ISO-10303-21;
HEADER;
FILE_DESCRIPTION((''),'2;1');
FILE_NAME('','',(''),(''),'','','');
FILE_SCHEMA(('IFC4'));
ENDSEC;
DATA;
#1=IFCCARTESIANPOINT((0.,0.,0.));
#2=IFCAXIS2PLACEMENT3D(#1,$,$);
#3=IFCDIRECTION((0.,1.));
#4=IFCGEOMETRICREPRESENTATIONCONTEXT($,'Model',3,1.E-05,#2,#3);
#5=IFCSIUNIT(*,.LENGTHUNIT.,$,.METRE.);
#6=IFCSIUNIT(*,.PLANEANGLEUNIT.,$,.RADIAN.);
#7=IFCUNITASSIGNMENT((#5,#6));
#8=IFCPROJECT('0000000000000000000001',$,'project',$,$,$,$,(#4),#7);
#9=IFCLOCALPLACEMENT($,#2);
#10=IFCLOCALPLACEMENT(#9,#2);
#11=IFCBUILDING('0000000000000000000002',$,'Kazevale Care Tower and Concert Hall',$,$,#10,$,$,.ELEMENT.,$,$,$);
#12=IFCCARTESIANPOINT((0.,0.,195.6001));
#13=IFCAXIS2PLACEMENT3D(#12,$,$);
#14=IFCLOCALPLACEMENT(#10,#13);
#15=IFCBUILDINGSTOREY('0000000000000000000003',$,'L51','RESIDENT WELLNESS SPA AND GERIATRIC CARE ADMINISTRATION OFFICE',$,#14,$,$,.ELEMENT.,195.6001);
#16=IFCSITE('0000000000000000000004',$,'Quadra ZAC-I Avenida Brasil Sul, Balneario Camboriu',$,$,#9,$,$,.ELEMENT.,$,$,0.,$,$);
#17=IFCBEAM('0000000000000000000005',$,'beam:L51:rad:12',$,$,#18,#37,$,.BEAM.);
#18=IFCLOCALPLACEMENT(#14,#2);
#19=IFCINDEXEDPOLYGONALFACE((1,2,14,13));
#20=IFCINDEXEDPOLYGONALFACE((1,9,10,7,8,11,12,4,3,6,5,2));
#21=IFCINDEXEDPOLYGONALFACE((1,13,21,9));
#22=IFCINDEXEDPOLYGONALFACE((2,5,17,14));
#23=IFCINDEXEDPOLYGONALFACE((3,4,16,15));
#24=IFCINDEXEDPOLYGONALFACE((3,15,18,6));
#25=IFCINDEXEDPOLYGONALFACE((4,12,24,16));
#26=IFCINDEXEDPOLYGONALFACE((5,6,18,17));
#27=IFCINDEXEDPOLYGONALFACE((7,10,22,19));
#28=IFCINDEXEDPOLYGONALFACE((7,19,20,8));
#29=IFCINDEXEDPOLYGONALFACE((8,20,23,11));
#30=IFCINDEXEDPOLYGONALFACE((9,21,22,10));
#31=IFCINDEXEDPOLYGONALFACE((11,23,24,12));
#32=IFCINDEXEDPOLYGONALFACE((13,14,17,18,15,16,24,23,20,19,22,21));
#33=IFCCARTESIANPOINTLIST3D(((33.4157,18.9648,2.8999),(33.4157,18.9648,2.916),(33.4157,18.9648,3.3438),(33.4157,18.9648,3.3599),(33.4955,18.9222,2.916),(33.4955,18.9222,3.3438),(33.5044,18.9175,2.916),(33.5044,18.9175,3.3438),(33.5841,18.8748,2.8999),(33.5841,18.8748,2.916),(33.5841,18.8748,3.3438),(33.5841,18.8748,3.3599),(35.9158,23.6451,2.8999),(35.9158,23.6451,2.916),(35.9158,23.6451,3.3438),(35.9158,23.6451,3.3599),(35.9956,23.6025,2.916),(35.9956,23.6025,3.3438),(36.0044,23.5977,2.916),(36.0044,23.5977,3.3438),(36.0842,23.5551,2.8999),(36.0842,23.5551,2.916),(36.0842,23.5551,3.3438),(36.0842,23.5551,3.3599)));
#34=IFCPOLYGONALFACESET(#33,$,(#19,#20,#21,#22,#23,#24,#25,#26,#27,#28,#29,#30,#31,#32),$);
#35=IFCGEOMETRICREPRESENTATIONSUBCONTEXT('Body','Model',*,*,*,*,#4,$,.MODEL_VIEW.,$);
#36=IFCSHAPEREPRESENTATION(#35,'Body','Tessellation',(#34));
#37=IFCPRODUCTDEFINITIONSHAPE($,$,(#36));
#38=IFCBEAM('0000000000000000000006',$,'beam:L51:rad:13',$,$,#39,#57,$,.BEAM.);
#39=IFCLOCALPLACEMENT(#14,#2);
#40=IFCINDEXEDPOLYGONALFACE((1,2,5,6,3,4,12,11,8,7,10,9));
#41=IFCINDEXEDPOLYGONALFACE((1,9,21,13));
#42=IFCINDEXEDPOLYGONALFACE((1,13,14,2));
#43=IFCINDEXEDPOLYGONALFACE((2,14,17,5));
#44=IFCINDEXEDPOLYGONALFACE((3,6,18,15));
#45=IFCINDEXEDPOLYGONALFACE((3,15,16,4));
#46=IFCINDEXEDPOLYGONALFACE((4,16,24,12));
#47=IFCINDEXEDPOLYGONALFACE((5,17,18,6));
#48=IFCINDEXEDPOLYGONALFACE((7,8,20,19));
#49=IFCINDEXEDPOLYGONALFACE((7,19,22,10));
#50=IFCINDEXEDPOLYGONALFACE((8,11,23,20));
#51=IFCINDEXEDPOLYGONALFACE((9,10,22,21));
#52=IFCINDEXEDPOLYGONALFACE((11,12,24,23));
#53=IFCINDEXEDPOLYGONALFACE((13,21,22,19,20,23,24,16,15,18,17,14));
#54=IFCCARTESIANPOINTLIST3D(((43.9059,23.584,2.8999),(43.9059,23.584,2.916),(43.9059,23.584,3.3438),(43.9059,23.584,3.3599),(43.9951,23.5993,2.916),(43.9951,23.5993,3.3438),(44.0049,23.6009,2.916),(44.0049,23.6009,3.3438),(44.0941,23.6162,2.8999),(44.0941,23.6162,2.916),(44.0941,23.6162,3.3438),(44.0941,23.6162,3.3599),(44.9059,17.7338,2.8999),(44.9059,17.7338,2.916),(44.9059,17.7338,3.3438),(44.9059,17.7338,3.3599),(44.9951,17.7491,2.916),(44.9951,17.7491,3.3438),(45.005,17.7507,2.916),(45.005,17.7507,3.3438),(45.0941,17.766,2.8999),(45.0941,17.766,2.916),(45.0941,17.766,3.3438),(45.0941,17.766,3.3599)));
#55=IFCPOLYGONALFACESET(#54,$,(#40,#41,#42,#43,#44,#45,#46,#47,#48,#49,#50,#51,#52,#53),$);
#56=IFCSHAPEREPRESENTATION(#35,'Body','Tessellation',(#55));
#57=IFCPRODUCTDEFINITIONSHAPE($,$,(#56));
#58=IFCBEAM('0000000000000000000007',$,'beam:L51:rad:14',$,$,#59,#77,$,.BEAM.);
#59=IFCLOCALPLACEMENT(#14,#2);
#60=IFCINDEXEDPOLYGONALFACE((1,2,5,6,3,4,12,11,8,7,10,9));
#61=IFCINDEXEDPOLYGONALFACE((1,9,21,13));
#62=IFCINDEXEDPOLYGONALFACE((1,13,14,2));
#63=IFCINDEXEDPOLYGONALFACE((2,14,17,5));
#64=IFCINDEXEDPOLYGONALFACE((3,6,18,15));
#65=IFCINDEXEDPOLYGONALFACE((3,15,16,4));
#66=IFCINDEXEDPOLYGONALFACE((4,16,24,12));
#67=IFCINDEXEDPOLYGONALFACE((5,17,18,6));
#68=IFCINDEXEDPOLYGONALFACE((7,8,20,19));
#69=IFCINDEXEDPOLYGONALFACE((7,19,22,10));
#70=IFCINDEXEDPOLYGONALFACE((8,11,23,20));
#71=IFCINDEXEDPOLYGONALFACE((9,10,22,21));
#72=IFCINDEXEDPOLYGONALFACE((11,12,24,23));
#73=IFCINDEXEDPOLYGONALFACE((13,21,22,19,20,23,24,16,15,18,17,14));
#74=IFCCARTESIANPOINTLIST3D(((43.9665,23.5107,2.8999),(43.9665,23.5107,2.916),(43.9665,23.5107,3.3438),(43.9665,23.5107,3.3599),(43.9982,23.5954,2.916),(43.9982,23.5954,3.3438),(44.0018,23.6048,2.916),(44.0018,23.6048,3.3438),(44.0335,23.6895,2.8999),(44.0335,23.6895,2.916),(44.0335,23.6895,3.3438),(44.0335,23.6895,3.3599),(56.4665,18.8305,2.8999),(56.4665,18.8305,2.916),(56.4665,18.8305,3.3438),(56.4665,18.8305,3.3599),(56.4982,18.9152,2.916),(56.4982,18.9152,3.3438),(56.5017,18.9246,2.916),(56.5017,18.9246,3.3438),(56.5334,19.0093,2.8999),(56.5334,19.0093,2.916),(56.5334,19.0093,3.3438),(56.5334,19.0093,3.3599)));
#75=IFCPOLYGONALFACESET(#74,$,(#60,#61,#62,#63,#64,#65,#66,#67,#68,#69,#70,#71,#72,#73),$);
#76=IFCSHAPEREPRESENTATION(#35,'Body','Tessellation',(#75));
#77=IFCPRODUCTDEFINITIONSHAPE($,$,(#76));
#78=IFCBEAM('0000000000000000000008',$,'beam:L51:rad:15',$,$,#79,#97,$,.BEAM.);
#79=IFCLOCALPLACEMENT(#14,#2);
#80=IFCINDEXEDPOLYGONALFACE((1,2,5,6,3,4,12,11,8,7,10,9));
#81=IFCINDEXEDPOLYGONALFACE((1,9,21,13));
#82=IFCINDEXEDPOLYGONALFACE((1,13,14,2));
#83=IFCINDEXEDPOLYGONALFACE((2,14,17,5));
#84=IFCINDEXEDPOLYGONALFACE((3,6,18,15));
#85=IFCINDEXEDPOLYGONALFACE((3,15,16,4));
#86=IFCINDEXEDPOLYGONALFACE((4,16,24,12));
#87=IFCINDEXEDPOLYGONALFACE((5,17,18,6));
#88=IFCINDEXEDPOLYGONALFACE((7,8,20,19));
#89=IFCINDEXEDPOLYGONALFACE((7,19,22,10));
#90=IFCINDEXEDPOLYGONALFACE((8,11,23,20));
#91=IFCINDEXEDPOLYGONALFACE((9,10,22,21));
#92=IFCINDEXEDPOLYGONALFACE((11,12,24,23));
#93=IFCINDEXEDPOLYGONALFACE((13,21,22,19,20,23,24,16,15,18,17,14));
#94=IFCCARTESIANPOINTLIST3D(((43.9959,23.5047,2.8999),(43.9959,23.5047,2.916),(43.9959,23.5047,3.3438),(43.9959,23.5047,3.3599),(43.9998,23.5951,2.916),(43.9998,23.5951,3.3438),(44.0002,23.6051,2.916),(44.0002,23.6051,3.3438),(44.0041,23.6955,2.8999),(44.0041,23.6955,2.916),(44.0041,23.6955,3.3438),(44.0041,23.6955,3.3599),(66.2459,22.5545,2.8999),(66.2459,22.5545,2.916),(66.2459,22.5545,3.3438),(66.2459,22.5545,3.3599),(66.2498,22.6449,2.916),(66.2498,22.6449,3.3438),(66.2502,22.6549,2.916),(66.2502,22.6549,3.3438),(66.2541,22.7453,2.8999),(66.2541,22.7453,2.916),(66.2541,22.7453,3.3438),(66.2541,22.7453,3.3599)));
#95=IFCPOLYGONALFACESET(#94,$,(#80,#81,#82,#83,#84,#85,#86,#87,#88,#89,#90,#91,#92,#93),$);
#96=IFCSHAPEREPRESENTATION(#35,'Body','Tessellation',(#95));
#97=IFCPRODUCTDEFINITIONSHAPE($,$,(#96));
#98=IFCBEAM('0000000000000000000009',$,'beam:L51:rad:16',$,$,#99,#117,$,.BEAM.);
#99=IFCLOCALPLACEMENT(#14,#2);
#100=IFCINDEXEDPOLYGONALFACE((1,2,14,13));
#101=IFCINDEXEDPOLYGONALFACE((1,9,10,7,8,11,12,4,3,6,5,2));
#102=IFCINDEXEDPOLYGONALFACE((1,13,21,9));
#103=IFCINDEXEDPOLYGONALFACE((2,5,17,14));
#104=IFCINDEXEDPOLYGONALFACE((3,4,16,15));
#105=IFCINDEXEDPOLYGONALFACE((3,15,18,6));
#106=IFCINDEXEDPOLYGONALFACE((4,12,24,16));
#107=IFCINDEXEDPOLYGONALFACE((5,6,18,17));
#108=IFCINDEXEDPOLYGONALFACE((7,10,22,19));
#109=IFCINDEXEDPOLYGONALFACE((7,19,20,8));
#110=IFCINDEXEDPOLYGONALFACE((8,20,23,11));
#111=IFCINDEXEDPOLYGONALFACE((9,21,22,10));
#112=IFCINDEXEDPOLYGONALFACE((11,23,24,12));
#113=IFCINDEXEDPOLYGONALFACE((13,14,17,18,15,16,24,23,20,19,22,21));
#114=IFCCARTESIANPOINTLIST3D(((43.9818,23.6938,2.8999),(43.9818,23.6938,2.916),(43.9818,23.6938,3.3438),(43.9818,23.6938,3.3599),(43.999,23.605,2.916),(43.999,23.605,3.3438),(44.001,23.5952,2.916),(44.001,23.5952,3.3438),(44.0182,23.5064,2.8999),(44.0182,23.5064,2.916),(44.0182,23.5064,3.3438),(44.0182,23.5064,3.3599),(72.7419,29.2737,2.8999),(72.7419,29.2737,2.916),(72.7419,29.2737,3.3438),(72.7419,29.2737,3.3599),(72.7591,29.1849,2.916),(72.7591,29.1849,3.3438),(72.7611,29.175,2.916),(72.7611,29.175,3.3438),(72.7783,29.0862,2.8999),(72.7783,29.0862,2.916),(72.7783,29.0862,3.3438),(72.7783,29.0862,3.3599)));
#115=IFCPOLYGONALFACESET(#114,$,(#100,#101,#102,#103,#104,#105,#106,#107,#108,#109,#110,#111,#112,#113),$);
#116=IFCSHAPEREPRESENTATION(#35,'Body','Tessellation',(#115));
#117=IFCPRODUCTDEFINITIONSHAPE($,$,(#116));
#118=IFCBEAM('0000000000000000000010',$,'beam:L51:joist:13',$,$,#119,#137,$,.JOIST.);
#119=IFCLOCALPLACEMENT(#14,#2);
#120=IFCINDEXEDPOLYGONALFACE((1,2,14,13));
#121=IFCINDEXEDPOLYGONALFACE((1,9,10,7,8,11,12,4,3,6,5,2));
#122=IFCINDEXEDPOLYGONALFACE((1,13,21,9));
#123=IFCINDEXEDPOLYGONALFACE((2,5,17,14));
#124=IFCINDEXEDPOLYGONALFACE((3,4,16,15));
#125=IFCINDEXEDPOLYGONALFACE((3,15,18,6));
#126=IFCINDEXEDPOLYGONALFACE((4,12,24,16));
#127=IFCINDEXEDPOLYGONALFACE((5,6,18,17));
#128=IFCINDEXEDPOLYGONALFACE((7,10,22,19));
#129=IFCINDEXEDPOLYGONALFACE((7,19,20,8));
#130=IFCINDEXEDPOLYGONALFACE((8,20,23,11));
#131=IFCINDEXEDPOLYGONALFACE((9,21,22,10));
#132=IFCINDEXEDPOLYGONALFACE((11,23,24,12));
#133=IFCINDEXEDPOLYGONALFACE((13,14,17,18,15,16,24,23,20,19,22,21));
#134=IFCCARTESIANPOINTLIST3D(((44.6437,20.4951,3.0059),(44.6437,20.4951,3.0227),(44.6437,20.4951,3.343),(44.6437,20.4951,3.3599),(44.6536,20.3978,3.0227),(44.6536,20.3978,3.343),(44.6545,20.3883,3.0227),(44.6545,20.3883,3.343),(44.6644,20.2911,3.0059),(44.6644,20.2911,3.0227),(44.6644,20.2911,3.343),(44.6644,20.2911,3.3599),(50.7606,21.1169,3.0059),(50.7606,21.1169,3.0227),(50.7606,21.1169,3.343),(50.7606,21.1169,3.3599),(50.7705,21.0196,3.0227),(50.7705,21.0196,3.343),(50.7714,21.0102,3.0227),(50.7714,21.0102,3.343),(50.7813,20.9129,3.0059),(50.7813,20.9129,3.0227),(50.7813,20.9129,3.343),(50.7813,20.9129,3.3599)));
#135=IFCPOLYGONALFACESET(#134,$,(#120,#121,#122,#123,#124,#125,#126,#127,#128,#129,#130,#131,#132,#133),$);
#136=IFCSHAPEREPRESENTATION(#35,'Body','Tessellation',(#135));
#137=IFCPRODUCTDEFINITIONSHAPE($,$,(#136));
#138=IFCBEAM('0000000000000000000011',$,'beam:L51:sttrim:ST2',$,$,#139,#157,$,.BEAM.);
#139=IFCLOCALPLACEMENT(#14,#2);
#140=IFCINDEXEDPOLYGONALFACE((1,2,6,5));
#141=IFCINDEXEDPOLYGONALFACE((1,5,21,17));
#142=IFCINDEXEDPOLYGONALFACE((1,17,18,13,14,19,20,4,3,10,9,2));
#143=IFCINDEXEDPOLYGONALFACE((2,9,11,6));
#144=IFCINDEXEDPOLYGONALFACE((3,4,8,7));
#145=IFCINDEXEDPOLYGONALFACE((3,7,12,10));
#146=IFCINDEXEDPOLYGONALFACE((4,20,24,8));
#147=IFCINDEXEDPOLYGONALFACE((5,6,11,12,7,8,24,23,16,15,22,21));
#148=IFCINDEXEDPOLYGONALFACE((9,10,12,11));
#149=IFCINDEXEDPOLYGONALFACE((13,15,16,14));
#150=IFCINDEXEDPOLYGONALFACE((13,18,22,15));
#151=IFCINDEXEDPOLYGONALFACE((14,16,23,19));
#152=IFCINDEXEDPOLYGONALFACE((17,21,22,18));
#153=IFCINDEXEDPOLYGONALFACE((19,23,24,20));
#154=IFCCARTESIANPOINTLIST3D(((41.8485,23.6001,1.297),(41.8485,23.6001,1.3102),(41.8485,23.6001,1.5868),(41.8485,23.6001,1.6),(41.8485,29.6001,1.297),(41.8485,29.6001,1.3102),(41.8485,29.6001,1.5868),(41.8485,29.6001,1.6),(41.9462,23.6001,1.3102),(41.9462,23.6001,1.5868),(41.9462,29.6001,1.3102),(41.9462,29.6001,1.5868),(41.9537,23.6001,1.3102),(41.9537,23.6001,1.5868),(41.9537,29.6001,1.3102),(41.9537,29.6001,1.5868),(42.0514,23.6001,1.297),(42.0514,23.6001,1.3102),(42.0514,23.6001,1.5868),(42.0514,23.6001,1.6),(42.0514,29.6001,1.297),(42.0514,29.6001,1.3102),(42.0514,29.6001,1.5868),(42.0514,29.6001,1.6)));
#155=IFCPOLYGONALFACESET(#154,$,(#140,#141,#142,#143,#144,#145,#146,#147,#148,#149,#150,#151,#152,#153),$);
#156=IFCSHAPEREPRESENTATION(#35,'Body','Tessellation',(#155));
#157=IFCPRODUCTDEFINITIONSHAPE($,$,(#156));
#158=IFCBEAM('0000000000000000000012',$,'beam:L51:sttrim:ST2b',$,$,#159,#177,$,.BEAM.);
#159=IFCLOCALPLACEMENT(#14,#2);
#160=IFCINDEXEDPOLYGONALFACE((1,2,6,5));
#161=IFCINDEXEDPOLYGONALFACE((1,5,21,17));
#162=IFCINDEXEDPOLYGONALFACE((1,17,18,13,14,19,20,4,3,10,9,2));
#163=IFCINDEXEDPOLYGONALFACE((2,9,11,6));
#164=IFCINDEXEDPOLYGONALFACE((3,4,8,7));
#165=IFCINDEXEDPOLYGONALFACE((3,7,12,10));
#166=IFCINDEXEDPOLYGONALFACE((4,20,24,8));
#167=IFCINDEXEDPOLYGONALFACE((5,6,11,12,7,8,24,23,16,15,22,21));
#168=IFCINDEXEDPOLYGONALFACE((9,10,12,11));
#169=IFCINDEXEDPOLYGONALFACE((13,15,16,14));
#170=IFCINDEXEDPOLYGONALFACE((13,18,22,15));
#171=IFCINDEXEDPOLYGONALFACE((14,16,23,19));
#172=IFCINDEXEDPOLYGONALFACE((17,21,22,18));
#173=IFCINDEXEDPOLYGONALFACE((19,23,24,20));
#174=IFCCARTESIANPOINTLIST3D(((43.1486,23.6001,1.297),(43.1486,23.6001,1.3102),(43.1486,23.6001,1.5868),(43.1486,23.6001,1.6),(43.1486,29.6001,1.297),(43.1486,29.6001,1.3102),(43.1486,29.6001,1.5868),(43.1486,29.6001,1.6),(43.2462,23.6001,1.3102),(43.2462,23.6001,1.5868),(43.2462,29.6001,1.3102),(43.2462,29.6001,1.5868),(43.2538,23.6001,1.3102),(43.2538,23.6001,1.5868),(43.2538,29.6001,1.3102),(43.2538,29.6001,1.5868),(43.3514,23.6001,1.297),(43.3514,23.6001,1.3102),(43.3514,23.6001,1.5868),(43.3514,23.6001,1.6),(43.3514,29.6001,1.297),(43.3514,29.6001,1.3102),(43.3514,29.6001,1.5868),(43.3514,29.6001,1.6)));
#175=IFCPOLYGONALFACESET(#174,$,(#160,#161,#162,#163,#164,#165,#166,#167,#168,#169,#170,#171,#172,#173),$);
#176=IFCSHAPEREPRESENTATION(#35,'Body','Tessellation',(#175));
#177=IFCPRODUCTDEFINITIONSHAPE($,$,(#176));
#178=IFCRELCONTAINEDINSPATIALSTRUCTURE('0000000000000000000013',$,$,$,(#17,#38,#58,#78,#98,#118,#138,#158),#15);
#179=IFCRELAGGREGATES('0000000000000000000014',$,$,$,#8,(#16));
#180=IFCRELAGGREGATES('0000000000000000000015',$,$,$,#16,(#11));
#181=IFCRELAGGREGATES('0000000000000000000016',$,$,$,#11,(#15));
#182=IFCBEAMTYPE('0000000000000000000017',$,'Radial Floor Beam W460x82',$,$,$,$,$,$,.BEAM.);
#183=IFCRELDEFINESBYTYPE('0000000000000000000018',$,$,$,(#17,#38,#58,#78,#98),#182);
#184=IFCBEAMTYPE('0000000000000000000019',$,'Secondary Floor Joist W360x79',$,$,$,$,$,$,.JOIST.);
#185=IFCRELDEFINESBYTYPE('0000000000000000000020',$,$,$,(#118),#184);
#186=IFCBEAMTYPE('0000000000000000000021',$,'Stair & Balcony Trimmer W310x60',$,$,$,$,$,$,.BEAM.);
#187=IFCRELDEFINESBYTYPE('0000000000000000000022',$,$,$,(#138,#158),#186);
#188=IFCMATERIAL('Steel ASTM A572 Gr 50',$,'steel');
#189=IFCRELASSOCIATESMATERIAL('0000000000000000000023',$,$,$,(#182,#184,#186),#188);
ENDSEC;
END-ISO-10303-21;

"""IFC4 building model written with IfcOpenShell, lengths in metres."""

from ifc_helpers import new_model, si_unit, direction, frame, origin, origin_2d, place, context, subcontext, project, spatial, i_section, extrude, material, material_profile, profile_set, type_object, element, save


model = new_model("IFC4")

# Units and contexts
model_context = context("Model", 3, precision=1e-05, world=origin(), true_north=direction((0.0, 1.0)))
body_context = subcontext(model_context, "Body", "Model", "MODEL_VIEW")
ifc_project = project(units=[si_unit("LENGTHUNIT", "METRE"), si_unit("PLANEANGLEUNIT", "RADIAN")], contexts=[model_context])

# Site, building, storey
site_placement = place(None, origin())
site = spatial("IfcSite", under=ifc_project, at=site_placement, Name="Quadra ZAC-I Avenida Brasil Sul, Balneario Camboriu", CompositionType="ELEMENT", RefElevation=0.0)
building_placement = place(site_placement, origin())
building = spatial("IfcBuilding", under=site, at=building_placement, Name="Kazevale Care Tower and Concert Hall", CompositionType="ELEMENT")
storey_placement = place(building_placement, frame((0.0, 0.0, 195.6001)))
storey = spatial("IfcBuildingStorey", under=building, at=storey_placement, Name="L51", Description="RESIDENT WELLNESS SPA AND GERIATRIC CARE ADMINISTRATION OFFICE", CompositionType="ELEMENT", Elevation=195.6001)

# Beams
ifc_material_1 = material(Name="Steel ASTM A572 Gr 50", Category="steel")
ifc_material_profile_1 = material_profile(ifc_material_1, i_section(OverallWidth=0.1909, OverallDepth=0.46, WebThickness=0.01, FlangeThickness=0.0161, at=origin_2d()), Name="W460x82")
ifc_profile_set_1 = profile_set([ifc_material_profile_1], Name="Steel ASTM A572 Gr 50")
beam_type_1 = type_object("IfcBeamType", Name="Radial Floor Beam W460x82", PredefinedType="BEAM", material=ifc_profile_set_1)
beam_1_placement = place(storey_placement, frame((36.0, 23.6001, 3.1299), z_axis=(-0.471161, -0.882047, 0.0), x_axis=(0.882047, -0.471161, 0.0)))
element("IfcBeam", 1, at=beam_1_placement, inside=storey, type_object=beam_type_1, Name="beam:L51:rad:12", PredefinedType="BEAM", context=body_context, shape_type="SweptSolid", body=[
    extrude(i_section(OverallWidth=0.1909, OverallDepth=0.46, WebThickness=0.01, FlangeThickness=0.0161, at=origin_2d()), origin(), (0.0, 0.0, 1.0), 5.3062),
])
beam_2_placement = place(storey_placement, frame((44.0, 23.6001, 3.1299), z_axis=(0.168493, -0.985703, 0.0), x_axis=(0.985703, 0.168493, 0.0)))
element("IfcBeam", 2, at=beam_2_placement, inside=storey, type_object=beam_type_1, Name="beam:L51:rad:13", PredefinedType="BEAM", context=body_context, shape_type="SweptSolid", body=[
    extrude(i_section(OverallWidth=0.1909, OverallDepth=0.46, WebThickness=0.01, FlangeThickness=0.0161, at=origin_2d()), origin(), (0.0, 0.0, 1.0), 5.9351),
])
beam_3_placement = place(storey_placement, frame((44.0, 23.6001, 3.1299), z_axis=(0.936509, -0.350642, 0.0), x_axis=(0.350642, 0.936509, 0.0)))
element("IfcBeam", 3, at=beam_3_placement, inside=storey, type_object=beam_type_1, Name="beam:L51:rad:14", PredefinedType="BEAM", context=body_context, shape_type="SweptSolid", body=[
    extrude(i_section(OverallWidth=0.1909, OverallDepth=0.46, WebThickness=0.01, FlangeThickness=0.0161, at=origin_2d()), origin(), (0.0, 0.0, 1.0), 13.3474),
])
beam_4_placement = place(storey_placement, frame((44.0, 23.6001, 3.1299), z_axis=(0.999089, -0.042667, 0.0), x_axis=(0.042667, 0.999089, 0.0)))
element("IfcBeam", 4, at=beam_4_placement, inside=storey, type_object=beam_type_1, Name="beam:L51:rad:15", PredefinedType="BEAM", context=body_context, shape_type="SweptSolid", body=[
    extrude(i_section(OverallWidth=0.1909, OverallDepth=0.46, WebThickness=0.01, FlangeThickness=0.0161, at=origin_2d()), origin(), (0.0, 0.0, 1.0), 22.2703),
])
beam_5_placement = place(storey_placement, frame((44.0, 23.6001, 3.1299), z_axis=(0.981695, 0.190462, 0.0), x_axis=(-0.190462, 0.981695, 0.0)))
element("IfcBeam", 5, at=beam_5_placement, inside=storey, type_object=beam_type_1, Name="beam:L51:rad:16", PredefinedType="BEAM", context=body_context, shape_type="SweptSolid", body=[
    extrude(i_section(OverallWidth=0.1909, OverallDepth=0.46, WebThickness=0.01, FlangeThickness=0.0161, at=origin_2d()), origin(), (0.0, 0.0, 1.0), 29.2964),
])
ifc_material_profile_2 = material_profile(ifc_material_1, i_section(OverallWidth=0.2051, OverallDepth=0.354, WebThickness=0.0095, FlangeThickness=0.0168, at=origin_2d()), Name="W360x79")
ifc_profile_set_2 = profile_set([ifc_material_profile_2], Name="Steel ASTM A572 Gr 50")
beam_type_2 = type_object("IfcBeamType", Name="Secondary Floor Joist W360x79", PredefinedType="JOIST", material=ifc_profile_set_2)
beam_6_placement = place(storey_placement, frame((44.6541, 20.3931, 3.1829), z_axis=(0.994873, 0.101135, 0.0), x_axis=(-0.101135, 0.994873, 0.0)))
element("IfcBeam", 6, at=beam_6_placement, inside=storey, type_object=beam_type_2, Name="beam:L51:joist:13", PredefinedType="JOIST", context=body_context, shape_type="SweptSolid", body=[
    extrude(i_section(OverallWidth=0.2051, OverallDepth=0.354, WebThickness=0.0095, FlangeThickness=0.0168, at=origin_2d()), origin(), (0.0, 0.0, 1.0), 6.1484),
])
ifc_material_profile_3 = material_profile(ifc_material_1, i_section(OverallWidth=0.2029, OverallDepth=0.303, WebThickness=0.0076, FlangeThickness=0.0132, at=origin_2d()), Name="W310x60")
ifc_profile_set_3 = profile_set([ifc_material_profile_3], Name="Steel ASTM A572 Gr 50")
beam_type_3 = type_object("IfcBeamType", Name="Stair & Balcony Trimmer W310x60", PredefinedType="BEAM", material=ifc_profile_set_3)
for number, where, z_axis, x_axis, name in (
    (7, (41.95, 23.6001, 1.4485), (0.0, 1.0, 0.0), (-1.0, 0.0, 0.0), "beam:L51:sttrim:ST2"),
    (8, (43.25, 23.6001, 1.4485), (0.0, 1.0, 0.0), (-1.0, 0.0, 0.0), "beam:L51:sttrim:ST2b"),
):
    element("IfcBeam", number, at=place(storey_placement, frame(where, z_axis=z_axis, x_axis=x_axis)), inside=storey, type_object=beam_type_3, Name=name, PredefinedType="BEAM", context=body_context, shape_type="SweptSolid", body=[
        extrude(i_section(OverallWidth=0.2029, OverallDepth=0.303, WebThickness=0.0076, FlangeThickness=0.0132, at=origin_2d()), origin(), (0.0, 0.0, 1.0), 6.0),
    ])

save(model, "model.ifc")
